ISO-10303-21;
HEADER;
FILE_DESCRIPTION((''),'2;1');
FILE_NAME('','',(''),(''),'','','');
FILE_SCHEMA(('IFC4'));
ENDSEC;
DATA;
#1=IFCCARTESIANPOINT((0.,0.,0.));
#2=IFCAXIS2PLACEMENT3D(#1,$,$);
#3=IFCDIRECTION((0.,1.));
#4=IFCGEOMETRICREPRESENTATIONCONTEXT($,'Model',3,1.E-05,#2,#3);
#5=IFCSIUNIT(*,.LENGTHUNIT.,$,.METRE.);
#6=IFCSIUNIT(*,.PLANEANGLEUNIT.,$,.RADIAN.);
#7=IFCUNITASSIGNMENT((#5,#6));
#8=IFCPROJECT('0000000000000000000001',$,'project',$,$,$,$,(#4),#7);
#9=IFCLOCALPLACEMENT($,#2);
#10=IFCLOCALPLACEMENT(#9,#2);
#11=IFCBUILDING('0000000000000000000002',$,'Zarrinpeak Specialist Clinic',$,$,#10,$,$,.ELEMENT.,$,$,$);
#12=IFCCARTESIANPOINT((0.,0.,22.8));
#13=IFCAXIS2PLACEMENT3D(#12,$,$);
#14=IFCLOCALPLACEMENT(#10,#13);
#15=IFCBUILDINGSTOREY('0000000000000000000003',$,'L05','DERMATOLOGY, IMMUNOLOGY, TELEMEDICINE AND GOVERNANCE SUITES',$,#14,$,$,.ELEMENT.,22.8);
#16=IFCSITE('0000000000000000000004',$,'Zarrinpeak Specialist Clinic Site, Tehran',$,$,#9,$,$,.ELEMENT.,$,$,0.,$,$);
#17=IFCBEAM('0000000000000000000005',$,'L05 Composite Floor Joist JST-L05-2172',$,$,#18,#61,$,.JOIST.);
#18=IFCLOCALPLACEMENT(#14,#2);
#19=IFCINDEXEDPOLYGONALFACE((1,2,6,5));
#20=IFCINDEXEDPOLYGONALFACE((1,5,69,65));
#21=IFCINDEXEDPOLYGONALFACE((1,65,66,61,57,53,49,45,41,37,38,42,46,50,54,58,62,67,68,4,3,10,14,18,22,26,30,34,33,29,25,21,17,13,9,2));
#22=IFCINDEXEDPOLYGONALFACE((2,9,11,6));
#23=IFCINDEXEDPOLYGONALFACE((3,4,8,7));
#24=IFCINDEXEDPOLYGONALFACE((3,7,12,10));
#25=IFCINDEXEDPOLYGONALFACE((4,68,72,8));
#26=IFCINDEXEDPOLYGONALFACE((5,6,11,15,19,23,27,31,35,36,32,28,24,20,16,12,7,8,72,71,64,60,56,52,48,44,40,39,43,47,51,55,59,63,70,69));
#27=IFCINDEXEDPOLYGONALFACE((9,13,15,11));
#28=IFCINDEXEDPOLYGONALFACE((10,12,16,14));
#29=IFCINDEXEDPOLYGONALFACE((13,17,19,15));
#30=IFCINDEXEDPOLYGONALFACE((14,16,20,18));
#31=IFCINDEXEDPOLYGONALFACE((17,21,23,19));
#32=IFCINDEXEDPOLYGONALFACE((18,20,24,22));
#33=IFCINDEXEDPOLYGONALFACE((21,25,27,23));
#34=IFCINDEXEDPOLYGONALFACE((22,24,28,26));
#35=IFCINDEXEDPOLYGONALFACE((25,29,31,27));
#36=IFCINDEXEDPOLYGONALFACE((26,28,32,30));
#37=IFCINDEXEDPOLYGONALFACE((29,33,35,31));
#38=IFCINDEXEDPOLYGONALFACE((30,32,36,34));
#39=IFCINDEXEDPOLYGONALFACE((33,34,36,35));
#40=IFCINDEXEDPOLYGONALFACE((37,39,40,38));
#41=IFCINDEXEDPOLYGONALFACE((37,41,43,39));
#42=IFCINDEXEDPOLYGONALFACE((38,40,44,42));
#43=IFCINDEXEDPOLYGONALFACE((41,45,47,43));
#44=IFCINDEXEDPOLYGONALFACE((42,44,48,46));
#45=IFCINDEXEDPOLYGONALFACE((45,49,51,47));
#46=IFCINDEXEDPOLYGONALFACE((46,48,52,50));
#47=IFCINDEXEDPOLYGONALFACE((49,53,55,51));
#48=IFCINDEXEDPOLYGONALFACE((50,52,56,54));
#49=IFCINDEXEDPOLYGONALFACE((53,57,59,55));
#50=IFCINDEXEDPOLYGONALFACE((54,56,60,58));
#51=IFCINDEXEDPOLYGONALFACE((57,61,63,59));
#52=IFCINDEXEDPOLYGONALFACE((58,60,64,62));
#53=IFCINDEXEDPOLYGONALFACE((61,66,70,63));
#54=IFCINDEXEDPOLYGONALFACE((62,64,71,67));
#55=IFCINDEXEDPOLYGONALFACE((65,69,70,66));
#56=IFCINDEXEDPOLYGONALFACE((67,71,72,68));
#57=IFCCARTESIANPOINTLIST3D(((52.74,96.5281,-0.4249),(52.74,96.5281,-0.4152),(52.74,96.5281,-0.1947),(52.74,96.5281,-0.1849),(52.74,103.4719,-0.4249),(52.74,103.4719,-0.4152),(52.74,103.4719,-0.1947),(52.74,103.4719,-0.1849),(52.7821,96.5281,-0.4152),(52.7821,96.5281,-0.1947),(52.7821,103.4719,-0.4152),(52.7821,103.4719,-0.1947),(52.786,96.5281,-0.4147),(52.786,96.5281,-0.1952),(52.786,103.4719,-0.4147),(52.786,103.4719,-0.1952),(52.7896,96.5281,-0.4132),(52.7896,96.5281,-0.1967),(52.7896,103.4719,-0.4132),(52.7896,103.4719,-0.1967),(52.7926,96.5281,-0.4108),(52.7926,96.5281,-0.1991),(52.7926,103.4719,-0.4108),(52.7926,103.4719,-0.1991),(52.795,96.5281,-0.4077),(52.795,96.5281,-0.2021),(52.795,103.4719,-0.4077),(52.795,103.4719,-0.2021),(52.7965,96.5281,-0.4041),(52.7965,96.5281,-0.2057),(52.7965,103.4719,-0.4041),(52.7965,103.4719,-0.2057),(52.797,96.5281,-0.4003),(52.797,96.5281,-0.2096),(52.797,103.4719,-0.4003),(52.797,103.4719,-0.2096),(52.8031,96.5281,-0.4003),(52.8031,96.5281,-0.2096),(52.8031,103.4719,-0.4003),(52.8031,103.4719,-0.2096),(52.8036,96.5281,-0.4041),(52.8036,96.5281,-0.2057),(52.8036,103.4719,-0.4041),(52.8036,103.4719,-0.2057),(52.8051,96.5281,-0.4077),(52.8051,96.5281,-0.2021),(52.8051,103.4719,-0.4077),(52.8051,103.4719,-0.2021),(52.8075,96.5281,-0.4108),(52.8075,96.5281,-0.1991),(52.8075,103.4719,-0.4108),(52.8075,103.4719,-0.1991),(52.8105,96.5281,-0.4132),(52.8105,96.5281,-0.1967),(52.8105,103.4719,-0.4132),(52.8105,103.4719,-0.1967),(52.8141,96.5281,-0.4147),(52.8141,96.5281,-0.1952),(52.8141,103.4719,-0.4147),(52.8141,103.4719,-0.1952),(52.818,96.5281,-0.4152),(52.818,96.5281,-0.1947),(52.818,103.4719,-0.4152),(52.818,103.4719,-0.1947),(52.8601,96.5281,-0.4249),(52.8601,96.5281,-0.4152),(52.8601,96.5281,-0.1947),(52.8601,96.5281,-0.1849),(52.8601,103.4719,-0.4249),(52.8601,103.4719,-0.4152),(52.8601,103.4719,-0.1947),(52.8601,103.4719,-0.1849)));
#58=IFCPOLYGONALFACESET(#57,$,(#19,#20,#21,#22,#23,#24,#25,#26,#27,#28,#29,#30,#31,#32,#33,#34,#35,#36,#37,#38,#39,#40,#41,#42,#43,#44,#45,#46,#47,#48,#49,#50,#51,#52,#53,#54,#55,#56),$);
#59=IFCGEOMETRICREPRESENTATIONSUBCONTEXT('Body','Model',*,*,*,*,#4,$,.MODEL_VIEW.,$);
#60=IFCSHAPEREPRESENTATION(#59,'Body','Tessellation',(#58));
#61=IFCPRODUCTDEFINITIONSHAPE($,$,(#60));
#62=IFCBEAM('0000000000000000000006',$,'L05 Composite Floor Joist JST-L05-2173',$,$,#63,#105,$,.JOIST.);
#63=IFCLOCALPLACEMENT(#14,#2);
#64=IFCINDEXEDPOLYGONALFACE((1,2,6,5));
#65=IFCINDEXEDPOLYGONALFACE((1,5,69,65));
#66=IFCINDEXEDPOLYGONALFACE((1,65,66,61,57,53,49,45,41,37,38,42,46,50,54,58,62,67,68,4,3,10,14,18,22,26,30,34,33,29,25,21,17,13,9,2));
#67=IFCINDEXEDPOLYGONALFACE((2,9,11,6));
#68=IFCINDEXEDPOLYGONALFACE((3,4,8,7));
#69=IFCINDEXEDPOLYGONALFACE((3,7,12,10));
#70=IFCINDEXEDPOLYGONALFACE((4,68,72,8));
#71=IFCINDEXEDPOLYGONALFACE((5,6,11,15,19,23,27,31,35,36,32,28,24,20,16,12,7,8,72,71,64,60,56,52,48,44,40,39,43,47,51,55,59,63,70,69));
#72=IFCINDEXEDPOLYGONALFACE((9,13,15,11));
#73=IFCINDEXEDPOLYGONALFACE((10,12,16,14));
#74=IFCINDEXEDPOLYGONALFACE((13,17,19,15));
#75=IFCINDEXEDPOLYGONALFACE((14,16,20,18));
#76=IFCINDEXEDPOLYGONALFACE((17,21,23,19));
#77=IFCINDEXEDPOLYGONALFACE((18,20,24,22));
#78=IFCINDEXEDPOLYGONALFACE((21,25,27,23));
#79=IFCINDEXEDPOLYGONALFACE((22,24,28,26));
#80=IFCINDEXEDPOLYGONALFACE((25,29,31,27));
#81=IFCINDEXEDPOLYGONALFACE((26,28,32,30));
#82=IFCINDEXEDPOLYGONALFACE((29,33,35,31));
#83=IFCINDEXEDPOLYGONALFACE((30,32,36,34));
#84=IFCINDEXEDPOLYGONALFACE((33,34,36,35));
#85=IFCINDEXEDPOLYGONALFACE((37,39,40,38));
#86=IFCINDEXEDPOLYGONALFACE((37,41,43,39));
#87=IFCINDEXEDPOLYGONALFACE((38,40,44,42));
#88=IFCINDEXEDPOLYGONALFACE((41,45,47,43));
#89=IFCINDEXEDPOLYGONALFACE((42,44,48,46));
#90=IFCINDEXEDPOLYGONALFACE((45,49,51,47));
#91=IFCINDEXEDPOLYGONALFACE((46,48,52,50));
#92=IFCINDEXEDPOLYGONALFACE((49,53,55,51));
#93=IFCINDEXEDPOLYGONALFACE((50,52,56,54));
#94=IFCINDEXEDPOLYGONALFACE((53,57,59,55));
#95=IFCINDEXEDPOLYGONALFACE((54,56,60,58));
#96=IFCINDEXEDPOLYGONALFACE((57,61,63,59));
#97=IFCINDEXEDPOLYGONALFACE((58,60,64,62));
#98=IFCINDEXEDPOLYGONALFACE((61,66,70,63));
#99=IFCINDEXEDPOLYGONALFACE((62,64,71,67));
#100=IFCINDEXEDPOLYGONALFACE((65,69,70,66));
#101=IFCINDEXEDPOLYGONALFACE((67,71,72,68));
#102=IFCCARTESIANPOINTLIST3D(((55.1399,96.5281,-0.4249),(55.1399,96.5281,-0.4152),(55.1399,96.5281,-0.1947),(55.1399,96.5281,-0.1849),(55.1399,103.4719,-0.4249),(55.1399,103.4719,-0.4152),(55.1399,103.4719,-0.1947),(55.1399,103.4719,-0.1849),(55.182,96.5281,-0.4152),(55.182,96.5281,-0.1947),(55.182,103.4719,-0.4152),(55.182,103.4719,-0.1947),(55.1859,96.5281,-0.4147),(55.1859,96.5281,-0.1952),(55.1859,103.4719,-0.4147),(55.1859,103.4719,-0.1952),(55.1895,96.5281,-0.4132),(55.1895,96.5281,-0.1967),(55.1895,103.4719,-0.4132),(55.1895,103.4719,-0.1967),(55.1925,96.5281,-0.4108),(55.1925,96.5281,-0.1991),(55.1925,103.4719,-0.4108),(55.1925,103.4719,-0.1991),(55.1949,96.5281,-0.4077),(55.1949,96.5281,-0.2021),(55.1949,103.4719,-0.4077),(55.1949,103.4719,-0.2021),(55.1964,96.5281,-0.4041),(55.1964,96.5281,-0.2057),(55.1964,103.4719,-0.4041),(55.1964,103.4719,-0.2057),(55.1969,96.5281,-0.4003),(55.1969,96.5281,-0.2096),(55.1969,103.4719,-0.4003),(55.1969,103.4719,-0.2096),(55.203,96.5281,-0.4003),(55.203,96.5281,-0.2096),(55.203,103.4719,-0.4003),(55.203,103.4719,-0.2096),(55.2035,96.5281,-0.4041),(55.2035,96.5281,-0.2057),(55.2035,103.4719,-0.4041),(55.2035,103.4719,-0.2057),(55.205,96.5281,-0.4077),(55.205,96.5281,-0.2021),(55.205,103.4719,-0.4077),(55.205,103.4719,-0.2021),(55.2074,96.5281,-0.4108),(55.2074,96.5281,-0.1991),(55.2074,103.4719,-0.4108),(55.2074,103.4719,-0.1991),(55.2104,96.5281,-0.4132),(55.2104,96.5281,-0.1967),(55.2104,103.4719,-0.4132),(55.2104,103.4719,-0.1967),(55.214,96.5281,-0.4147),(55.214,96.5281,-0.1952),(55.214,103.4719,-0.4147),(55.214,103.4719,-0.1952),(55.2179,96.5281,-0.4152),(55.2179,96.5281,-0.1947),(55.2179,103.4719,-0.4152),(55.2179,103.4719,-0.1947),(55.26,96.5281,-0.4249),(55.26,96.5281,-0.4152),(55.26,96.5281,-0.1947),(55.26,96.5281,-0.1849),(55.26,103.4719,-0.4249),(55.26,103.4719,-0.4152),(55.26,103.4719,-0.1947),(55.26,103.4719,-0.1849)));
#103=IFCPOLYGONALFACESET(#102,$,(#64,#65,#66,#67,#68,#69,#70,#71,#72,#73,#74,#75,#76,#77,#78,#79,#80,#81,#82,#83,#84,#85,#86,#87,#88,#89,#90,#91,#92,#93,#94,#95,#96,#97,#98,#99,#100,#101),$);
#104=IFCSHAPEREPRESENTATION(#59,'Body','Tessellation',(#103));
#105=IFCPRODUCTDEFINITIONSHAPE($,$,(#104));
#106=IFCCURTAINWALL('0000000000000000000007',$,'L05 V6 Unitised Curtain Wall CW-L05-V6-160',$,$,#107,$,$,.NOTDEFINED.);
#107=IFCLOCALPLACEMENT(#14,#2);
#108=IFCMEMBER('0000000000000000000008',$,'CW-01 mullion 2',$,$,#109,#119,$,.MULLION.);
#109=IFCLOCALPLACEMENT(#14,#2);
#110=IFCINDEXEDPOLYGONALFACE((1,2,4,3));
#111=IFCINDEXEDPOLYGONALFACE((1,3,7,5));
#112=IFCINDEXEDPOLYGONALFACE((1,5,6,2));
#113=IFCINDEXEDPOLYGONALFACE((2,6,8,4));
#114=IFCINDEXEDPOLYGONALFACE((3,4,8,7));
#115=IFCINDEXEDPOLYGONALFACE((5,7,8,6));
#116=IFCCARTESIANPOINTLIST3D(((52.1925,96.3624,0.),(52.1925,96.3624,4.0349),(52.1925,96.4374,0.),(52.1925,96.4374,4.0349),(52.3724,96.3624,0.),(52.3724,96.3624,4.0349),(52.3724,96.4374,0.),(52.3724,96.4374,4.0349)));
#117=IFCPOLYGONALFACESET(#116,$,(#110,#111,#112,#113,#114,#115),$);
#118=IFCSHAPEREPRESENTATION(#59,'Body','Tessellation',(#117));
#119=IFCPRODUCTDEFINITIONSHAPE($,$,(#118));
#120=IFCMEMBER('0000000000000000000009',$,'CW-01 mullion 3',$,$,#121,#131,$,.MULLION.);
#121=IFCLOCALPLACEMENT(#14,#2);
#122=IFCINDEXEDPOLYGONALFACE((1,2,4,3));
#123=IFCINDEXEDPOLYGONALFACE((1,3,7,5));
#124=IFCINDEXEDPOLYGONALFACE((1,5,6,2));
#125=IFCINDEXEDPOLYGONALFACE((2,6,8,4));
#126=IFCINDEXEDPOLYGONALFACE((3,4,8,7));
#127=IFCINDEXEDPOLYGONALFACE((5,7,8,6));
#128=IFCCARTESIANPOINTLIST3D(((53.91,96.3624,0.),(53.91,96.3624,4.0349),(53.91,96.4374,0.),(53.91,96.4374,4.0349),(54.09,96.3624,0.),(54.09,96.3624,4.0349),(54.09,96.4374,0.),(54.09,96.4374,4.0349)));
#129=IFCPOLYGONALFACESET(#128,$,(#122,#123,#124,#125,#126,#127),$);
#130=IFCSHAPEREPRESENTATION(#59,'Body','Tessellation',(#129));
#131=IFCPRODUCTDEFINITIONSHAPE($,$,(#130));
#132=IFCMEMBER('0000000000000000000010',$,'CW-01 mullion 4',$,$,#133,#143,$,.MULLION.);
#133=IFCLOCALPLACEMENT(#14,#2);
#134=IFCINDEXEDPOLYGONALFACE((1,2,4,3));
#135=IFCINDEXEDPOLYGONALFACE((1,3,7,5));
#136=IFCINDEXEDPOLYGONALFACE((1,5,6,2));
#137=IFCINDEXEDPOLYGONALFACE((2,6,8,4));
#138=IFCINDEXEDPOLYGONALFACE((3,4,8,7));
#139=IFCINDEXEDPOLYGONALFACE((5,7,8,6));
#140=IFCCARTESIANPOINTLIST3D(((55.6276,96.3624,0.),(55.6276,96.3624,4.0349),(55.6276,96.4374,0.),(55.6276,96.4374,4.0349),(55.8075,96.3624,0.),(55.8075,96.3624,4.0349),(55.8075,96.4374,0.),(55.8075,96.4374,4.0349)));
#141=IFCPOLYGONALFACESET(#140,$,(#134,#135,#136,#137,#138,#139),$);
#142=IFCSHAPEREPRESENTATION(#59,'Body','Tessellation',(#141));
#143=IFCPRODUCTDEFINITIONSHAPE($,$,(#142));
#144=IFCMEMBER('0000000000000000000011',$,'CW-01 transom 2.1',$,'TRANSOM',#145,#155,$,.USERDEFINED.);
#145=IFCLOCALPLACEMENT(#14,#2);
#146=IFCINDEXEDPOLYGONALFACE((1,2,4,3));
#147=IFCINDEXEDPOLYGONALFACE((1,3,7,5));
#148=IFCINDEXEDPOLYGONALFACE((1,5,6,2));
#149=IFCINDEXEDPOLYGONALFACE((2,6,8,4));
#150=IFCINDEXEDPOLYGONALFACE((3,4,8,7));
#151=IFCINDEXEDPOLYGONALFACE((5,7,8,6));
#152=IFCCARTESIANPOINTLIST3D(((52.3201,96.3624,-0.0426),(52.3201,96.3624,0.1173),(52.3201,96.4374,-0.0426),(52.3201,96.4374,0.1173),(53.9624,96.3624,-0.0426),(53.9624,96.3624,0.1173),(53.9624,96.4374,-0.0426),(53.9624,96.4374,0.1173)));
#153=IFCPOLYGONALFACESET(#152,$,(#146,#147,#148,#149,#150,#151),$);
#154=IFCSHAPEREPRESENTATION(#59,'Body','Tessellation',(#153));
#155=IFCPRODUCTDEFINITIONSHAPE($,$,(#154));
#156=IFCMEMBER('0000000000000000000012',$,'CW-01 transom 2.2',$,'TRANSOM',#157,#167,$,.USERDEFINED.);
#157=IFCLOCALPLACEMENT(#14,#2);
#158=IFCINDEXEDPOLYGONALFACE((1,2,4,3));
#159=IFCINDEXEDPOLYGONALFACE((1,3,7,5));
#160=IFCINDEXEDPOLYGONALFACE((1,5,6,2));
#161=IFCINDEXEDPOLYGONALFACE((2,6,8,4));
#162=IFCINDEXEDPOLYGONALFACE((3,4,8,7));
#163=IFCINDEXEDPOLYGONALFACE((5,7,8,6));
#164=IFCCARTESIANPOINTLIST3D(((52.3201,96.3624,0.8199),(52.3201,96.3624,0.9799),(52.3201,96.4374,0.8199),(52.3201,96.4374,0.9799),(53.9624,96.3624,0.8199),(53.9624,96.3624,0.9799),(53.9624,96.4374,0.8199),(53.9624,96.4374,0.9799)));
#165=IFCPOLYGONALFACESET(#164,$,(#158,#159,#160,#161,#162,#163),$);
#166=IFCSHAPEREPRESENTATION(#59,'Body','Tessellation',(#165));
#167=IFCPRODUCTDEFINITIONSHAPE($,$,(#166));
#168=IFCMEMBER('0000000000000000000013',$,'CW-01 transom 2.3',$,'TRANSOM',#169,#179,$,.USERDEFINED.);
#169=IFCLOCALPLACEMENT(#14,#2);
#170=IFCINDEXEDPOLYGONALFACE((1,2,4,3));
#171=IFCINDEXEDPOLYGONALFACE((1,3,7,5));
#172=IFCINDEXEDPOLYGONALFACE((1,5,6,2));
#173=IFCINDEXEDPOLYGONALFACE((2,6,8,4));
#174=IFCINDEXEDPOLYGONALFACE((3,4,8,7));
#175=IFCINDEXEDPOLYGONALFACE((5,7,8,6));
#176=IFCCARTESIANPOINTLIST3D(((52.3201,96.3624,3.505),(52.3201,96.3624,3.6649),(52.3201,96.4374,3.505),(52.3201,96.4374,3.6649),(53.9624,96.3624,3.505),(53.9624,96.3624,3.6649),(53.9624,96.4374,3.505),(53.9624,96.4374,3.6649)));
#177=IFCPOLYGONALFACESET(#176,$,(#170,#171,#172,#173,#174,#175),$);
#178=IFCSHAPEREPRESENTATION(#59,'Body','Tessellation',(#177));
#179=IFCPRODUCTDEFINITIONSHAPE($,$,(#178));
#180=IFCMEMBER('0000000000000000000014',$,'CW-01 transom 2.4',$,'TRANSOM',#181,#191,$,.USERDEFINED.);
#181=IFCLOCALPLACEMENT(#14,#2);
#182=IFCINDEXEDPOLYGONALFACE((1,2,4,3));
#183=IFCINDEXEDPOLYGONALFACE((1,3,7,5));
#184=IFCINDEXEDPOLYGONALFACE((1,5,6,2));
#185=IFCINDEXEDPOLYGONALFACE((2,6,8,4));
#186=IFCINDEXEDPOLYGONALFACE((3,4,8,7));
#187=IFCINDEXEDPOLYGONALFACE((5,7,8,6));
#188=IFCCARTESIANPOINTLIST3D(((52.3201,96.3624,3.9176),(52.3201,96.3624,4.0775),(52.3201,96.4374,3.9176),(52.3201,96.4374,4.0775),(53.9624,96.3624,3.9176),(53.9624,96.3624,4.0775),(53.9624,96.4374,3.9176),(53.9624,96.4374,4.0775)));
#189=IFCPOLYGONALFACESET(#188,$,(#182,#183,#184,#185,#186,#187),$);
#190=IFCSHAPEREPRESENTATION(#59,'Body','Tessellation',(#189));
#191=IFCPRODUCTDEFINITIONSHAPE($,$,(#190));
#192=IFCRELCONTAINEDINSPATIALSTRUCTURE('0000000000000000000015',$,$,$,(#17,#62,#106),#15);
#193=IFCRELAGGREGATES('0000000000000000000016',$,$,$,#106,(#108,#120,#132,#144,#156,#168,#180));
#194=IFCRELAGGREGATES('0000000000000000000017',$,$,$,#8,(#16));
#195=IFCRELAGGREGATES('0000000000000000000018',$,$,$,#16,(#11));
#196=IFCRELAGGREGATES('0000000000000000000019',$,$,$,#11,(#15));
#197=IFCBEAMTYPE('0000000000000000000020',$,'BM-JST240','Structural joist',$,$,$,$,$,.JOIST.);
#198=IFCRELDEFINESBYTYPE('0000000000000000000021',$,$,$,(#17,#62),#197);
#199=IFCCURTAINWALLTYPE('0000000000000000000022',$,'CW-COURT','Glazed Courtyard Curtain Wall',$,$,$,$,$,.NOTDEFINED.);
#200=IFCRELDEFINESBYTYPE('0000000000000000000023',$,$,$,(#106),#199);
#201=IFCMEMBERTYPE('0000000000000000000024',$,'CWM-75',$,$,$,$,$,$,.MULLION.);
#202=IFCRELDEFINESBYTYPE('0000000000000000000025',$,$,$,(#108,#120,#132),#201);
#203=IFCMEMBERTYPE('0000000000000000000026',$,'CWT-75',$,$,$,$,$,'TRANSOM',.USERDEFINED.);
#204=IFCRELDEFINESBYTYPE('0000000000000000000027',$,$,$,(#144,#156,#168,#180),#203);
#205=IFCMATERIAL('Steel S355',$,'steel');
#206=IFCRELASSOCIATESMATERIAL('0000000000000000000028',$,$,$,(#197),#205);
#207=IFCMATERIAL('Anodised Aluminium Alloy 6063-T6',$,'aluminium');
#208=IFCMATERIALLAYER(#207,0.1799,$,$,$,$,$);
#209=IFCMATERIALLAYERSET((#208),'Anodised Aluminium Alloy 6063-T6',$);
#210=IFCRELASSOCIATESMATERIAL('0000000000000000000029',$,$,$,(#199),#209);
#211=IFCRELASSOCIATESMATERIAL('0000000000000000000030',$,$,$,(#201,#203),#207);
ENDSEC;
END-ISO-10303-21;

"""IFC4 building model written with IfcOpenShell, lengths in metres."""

from ifc_helpers import new_model, si_unit, direction, frame, origin, origin_2d, place, context, subcontext, project, spatial, rectangle, i_section, extrude, material, layer, layer_set, material_profile, profile_set, type_object, element, aggregate, save


model = new_model("IFC4")

# Units and contexts
model_context = context("Model", 3, precision=1e-05, world=origin(), true_north=direction((0.0, 1.0)))
body_context = subcontext(model_context, "Body", "Model", "MODEL_VIEW")
ifc_project = project(units=[si_unit("LENGTHUNIT", "METRE"), si_unit("PLANEANGLEUNIT", "RADIAN")], contexts=[model_context])

# Site, building, storey
site_placement = place(None, origin())
site = spatial("IfcSite", under=ifc_project, at=site_placement, Name="Zarrinpeak Specialist Clinic Site, Tehran", CompositionType="ELEMENT", RefElevation=0.0)
building_placement = place(site_placement, origin())
building = spatial("IfcBuilding", under=site, at=building_placement, Name="Zarrinpeak Specialist Clinic", CompositionType="ELEMENT")
storey_placement = place(building_placement, frame((0.0, 0.0, 22.8)))
storey = spatial("IfcBuildingStorey", under=building, at=storey_placement, Name="L05", Description="DERMATOLOGY, IMMUNOLOGY, TELEMEDICINE AND GOVERNANCE SUITES", CompositionType="ELEMENT", Elevation=22.8)

# Beams
ifc_material_1 = material(Name="Steel S355", Category="steel")
ifc_material_profile_1 = material_profile(ifc_material_1, i_section(OverallWidth=0.1201, OverallDepth=0.24, WebThickness=0.0061, FlangeThickness=0.0098, FilletRadius=0.0149, at=origin_2d()), Name="IPE 240")
ifc_profile_set_1 = profile_set([ifc_material_profile_1], Name="Steel S355")
beam_type = type_object("IfcBeamType", Name="BM-JST240", Description="Structural joist", PredefinedType="JOIST", material=ifc_profile_set_1)
for number, where, z_axis, x_axis, name in (
    (1, (52.8, 96.5281, -0.3049), (0.0, 1.0, 0.0), (-1.0, 0.0, 0.0), "L05 Composite Floor Joist JST-L05-2172"),
    (2, (55.2, 96.5281, -0.3049), (0.0, 1.0, 0.0), (-1.0, 0.0, 0.0), "L05 Composite Floor Joist JST-L05-2173"),
):
    element("IfcBeam", number, at=place(storey_placement, frame(where, z_axis=z_axis, x_axis=x_axis)), inside=storey, type_object=beam_type, Name=name, PredefinedType="JOIST", context=body_context, shape_type="SweptSolid", body=[
        extrude(i_section(OverallWidth=0.1201, OverallDepth=0.24, WebThickness=0.0061, FlangeThickness=0.0098, FilletRadius=0.0149, at=origin_2d()), origin(), (0.0, 0.0, 1.0), 6.9438),
    ])

# Curtain wall, members
ifc_material_2 = material(Name="Anodised Aluminium Alloy 6063-T6", Category="aluminium")
ifc_layer_1 = layer(ifc_material_2, 0.1799)
ifc_layer_set_1 = layer_set([ifc_layer_1], Name="Anodised Aluminium Alloy 6063-T6")
curtain_wall_type = type_object("IfcCurtainWallType", Name="CW-COURT", Description="Glazed Courtyard Curtain Wall", PredefinedType="NOTDEFINED", material=ifc_layer_set_1)
curtain_wall_placement = place(storey_placement, origin())
curtain_wall = element("IfcCurtainWall", 3, at=curtain_wall_placement, inside=storey, type_object=curtain_wall_type, Name="L05 V6 Unitised Curtain Wall CW-L05-V6-160", PredefinedType="NOTDEFINED")
ifc_material_profile_2 = material_profile(ifc_material_2, rectangle(XDim=0.075, YDim=0.1799, at=origin_2d()), Name="ALU 75x180")
ifc_profile_set_2 = profile_set([ifc_material_profile_2], Name="Anodised Aluminium Alloy 6063-T6")
member_type_1 = type_object("IfcMemberType", Name="CWM-75", PredefinedType="MULLION", material=ifc_profile_set_2)
member_1_placement = place(storey_placement, frame((52.2825, 96.3999, 0.0), z_axis=(0.0, 0.0, 1.0), x_axis=(0.0, 1.0, 0.0)))
member_1 = element("IfcMember", 4, at=member_1_placement, type_object=member_type_1, Name="CW-01 mullion 2", PredefinedType="MULLION", context=body_context, shape_type="SweptSolid", body=[
    extrude(rectangle(XDim=0.075, YDim=0.1799, at=origin_2d()), origin(), (0.0, 0.0, 1.0), 4.0349),
])
member_2_placement = place(storey_placement, frame((54.0, 96.3999, 0.0), z_axis=(0.0, 0.0, 1.0), x_axis=(0.0, 1.0, 0.0)))
member_2 = element("IfcMember", 5, at=member_2_placement, type_object=member_type_1, Name="CW-01 mullion 3", PredefinedType="MULLION", context=body_context, shape_type="SweptSolid", body=[
    extrude(rectangle(XDim=0.075, YDim=0.1799, at=origin_2d()), origin(), (0.0, 0.0, 1.0), 4.0349),
])
member_3_placement = place(storey_placement, frame((55.7175, 96.3999, 0.0), z_axis=(0.0, 0.0, 1.0), x_axis=(0.0, 1.0, 0.0)))
member_3 = element("IfcMember", 6, at=member_3_placement, type_object=member_type_1, Name="CW-01 mullion 4", PredefinedType="MULLION", context=body_context, shape_type="SweptSolid", body=[
    extrude(rectangle(XDim=0.075, YDim=0.1799, at=origin_2d()), origin(), (0.0, 0.0, 1.0), 4.0349),
])
ifc_material_profile_3 = material_profile(ifc_material_2, rectangle(XDim=0.075, YDim=0.1599, at=origin_2d()), Name="ALU 75x160")
ifc_profile_set_3 = profile_set([ifc_material_profile_3], Name="Anodised Aluminium Alloy 6063-T6")
member_type_2 = type_object("IfcMemberType", Name="CWT-75", ElementType="TRANSOM", PredefinedType="USERDEFINED", material=ifc_profile_set_3)
member_4_placement = place(storey_placement, frame((52.3201, 96.3999, 0.0374), z_axis=(1.0, 0.0, 0.0), x_axis=(0.0, 1.0, 0.0)))
member_4 = element("IfcMember", 7, at=member_4_placement, type_object=member_type_2, Name="CW-01 transom 2.1", ObjectType="TRANSOM", PredefinedType="USERDEFINED", context=body_context, shape_type="SweptSolid", body=[
    extrude(rectangle(XDim=0.075, YDim=0.1599, at=origin_2d()), origin(), (0.0, 0.0, 1.0), 1.6423),
])
member_5_placement = place(storey_placement, frame((52.3201, 96.3999, 0.8999), z_axis=(1.0, 0.0, 0.0), x_axis=(0.0, 1.0, 0.0)))
member_5 = element("IfcMember", 8, at=member_5_placement, type_object=member_type_2, Name="CW-01 transom 2.2", ObjectType="TRANSOM", PredefinedType="USERDEFINED", context=body_context, shape_type="SweptSolid", body=[
    extrude(rectangle(XDim=0.075, YDim=0.1599, at=origin_2d()), origin(), (0.0, 0.0, 1.0), 1.6423),
])
member_6_placement = place(storey_placement, frame((52.3201, 96.3999, 3.585), z_axis=(1.0, 0.0, 0.0), x_axis=(0.0, 1.0, 0.0)))
member_6 = element("IfcMember", 9, at=member_6_placement, type_object=member_type_2, Name="CW-01 transom 2.3", ObjectType="TRANSOM", PredefinedType="USERDEFINED", context=body_context, shape_type="SweptSolid", body=[
    extrude(rectangle(XDim=0.075, YDim=0.1599, at=origin_2d()), origin(), (0.0, 0.0, 1.0), 1.6423),
])
member_7_placement = place(storey_placement, frame((52.3201, 96.3999, 3.9976), z_axis=(1.0, 0.0, 0.0), x_axis=(0.0, 1.0, 0.0)))
member_7 = element("IfcMember", 10, at=member_7_placement, type_object=member_type_2, Name="CW-01 transom 2.4", ObjectType="TRANSOM", PredefinedType="USERDEFINED", context=body_context, shape_type="SweptSolid", body=[
    extrude(rectangle(XDim=0.075, YDim=0.1599, at=origin_2d()), origin(), (0.0, 0.0, 1.0), 1.6423),
])
aggregate(curtain_wall, [member_1, member_2, member_3, member_4, member_5, member_6, member_7])

save(model, "model.ifc")
